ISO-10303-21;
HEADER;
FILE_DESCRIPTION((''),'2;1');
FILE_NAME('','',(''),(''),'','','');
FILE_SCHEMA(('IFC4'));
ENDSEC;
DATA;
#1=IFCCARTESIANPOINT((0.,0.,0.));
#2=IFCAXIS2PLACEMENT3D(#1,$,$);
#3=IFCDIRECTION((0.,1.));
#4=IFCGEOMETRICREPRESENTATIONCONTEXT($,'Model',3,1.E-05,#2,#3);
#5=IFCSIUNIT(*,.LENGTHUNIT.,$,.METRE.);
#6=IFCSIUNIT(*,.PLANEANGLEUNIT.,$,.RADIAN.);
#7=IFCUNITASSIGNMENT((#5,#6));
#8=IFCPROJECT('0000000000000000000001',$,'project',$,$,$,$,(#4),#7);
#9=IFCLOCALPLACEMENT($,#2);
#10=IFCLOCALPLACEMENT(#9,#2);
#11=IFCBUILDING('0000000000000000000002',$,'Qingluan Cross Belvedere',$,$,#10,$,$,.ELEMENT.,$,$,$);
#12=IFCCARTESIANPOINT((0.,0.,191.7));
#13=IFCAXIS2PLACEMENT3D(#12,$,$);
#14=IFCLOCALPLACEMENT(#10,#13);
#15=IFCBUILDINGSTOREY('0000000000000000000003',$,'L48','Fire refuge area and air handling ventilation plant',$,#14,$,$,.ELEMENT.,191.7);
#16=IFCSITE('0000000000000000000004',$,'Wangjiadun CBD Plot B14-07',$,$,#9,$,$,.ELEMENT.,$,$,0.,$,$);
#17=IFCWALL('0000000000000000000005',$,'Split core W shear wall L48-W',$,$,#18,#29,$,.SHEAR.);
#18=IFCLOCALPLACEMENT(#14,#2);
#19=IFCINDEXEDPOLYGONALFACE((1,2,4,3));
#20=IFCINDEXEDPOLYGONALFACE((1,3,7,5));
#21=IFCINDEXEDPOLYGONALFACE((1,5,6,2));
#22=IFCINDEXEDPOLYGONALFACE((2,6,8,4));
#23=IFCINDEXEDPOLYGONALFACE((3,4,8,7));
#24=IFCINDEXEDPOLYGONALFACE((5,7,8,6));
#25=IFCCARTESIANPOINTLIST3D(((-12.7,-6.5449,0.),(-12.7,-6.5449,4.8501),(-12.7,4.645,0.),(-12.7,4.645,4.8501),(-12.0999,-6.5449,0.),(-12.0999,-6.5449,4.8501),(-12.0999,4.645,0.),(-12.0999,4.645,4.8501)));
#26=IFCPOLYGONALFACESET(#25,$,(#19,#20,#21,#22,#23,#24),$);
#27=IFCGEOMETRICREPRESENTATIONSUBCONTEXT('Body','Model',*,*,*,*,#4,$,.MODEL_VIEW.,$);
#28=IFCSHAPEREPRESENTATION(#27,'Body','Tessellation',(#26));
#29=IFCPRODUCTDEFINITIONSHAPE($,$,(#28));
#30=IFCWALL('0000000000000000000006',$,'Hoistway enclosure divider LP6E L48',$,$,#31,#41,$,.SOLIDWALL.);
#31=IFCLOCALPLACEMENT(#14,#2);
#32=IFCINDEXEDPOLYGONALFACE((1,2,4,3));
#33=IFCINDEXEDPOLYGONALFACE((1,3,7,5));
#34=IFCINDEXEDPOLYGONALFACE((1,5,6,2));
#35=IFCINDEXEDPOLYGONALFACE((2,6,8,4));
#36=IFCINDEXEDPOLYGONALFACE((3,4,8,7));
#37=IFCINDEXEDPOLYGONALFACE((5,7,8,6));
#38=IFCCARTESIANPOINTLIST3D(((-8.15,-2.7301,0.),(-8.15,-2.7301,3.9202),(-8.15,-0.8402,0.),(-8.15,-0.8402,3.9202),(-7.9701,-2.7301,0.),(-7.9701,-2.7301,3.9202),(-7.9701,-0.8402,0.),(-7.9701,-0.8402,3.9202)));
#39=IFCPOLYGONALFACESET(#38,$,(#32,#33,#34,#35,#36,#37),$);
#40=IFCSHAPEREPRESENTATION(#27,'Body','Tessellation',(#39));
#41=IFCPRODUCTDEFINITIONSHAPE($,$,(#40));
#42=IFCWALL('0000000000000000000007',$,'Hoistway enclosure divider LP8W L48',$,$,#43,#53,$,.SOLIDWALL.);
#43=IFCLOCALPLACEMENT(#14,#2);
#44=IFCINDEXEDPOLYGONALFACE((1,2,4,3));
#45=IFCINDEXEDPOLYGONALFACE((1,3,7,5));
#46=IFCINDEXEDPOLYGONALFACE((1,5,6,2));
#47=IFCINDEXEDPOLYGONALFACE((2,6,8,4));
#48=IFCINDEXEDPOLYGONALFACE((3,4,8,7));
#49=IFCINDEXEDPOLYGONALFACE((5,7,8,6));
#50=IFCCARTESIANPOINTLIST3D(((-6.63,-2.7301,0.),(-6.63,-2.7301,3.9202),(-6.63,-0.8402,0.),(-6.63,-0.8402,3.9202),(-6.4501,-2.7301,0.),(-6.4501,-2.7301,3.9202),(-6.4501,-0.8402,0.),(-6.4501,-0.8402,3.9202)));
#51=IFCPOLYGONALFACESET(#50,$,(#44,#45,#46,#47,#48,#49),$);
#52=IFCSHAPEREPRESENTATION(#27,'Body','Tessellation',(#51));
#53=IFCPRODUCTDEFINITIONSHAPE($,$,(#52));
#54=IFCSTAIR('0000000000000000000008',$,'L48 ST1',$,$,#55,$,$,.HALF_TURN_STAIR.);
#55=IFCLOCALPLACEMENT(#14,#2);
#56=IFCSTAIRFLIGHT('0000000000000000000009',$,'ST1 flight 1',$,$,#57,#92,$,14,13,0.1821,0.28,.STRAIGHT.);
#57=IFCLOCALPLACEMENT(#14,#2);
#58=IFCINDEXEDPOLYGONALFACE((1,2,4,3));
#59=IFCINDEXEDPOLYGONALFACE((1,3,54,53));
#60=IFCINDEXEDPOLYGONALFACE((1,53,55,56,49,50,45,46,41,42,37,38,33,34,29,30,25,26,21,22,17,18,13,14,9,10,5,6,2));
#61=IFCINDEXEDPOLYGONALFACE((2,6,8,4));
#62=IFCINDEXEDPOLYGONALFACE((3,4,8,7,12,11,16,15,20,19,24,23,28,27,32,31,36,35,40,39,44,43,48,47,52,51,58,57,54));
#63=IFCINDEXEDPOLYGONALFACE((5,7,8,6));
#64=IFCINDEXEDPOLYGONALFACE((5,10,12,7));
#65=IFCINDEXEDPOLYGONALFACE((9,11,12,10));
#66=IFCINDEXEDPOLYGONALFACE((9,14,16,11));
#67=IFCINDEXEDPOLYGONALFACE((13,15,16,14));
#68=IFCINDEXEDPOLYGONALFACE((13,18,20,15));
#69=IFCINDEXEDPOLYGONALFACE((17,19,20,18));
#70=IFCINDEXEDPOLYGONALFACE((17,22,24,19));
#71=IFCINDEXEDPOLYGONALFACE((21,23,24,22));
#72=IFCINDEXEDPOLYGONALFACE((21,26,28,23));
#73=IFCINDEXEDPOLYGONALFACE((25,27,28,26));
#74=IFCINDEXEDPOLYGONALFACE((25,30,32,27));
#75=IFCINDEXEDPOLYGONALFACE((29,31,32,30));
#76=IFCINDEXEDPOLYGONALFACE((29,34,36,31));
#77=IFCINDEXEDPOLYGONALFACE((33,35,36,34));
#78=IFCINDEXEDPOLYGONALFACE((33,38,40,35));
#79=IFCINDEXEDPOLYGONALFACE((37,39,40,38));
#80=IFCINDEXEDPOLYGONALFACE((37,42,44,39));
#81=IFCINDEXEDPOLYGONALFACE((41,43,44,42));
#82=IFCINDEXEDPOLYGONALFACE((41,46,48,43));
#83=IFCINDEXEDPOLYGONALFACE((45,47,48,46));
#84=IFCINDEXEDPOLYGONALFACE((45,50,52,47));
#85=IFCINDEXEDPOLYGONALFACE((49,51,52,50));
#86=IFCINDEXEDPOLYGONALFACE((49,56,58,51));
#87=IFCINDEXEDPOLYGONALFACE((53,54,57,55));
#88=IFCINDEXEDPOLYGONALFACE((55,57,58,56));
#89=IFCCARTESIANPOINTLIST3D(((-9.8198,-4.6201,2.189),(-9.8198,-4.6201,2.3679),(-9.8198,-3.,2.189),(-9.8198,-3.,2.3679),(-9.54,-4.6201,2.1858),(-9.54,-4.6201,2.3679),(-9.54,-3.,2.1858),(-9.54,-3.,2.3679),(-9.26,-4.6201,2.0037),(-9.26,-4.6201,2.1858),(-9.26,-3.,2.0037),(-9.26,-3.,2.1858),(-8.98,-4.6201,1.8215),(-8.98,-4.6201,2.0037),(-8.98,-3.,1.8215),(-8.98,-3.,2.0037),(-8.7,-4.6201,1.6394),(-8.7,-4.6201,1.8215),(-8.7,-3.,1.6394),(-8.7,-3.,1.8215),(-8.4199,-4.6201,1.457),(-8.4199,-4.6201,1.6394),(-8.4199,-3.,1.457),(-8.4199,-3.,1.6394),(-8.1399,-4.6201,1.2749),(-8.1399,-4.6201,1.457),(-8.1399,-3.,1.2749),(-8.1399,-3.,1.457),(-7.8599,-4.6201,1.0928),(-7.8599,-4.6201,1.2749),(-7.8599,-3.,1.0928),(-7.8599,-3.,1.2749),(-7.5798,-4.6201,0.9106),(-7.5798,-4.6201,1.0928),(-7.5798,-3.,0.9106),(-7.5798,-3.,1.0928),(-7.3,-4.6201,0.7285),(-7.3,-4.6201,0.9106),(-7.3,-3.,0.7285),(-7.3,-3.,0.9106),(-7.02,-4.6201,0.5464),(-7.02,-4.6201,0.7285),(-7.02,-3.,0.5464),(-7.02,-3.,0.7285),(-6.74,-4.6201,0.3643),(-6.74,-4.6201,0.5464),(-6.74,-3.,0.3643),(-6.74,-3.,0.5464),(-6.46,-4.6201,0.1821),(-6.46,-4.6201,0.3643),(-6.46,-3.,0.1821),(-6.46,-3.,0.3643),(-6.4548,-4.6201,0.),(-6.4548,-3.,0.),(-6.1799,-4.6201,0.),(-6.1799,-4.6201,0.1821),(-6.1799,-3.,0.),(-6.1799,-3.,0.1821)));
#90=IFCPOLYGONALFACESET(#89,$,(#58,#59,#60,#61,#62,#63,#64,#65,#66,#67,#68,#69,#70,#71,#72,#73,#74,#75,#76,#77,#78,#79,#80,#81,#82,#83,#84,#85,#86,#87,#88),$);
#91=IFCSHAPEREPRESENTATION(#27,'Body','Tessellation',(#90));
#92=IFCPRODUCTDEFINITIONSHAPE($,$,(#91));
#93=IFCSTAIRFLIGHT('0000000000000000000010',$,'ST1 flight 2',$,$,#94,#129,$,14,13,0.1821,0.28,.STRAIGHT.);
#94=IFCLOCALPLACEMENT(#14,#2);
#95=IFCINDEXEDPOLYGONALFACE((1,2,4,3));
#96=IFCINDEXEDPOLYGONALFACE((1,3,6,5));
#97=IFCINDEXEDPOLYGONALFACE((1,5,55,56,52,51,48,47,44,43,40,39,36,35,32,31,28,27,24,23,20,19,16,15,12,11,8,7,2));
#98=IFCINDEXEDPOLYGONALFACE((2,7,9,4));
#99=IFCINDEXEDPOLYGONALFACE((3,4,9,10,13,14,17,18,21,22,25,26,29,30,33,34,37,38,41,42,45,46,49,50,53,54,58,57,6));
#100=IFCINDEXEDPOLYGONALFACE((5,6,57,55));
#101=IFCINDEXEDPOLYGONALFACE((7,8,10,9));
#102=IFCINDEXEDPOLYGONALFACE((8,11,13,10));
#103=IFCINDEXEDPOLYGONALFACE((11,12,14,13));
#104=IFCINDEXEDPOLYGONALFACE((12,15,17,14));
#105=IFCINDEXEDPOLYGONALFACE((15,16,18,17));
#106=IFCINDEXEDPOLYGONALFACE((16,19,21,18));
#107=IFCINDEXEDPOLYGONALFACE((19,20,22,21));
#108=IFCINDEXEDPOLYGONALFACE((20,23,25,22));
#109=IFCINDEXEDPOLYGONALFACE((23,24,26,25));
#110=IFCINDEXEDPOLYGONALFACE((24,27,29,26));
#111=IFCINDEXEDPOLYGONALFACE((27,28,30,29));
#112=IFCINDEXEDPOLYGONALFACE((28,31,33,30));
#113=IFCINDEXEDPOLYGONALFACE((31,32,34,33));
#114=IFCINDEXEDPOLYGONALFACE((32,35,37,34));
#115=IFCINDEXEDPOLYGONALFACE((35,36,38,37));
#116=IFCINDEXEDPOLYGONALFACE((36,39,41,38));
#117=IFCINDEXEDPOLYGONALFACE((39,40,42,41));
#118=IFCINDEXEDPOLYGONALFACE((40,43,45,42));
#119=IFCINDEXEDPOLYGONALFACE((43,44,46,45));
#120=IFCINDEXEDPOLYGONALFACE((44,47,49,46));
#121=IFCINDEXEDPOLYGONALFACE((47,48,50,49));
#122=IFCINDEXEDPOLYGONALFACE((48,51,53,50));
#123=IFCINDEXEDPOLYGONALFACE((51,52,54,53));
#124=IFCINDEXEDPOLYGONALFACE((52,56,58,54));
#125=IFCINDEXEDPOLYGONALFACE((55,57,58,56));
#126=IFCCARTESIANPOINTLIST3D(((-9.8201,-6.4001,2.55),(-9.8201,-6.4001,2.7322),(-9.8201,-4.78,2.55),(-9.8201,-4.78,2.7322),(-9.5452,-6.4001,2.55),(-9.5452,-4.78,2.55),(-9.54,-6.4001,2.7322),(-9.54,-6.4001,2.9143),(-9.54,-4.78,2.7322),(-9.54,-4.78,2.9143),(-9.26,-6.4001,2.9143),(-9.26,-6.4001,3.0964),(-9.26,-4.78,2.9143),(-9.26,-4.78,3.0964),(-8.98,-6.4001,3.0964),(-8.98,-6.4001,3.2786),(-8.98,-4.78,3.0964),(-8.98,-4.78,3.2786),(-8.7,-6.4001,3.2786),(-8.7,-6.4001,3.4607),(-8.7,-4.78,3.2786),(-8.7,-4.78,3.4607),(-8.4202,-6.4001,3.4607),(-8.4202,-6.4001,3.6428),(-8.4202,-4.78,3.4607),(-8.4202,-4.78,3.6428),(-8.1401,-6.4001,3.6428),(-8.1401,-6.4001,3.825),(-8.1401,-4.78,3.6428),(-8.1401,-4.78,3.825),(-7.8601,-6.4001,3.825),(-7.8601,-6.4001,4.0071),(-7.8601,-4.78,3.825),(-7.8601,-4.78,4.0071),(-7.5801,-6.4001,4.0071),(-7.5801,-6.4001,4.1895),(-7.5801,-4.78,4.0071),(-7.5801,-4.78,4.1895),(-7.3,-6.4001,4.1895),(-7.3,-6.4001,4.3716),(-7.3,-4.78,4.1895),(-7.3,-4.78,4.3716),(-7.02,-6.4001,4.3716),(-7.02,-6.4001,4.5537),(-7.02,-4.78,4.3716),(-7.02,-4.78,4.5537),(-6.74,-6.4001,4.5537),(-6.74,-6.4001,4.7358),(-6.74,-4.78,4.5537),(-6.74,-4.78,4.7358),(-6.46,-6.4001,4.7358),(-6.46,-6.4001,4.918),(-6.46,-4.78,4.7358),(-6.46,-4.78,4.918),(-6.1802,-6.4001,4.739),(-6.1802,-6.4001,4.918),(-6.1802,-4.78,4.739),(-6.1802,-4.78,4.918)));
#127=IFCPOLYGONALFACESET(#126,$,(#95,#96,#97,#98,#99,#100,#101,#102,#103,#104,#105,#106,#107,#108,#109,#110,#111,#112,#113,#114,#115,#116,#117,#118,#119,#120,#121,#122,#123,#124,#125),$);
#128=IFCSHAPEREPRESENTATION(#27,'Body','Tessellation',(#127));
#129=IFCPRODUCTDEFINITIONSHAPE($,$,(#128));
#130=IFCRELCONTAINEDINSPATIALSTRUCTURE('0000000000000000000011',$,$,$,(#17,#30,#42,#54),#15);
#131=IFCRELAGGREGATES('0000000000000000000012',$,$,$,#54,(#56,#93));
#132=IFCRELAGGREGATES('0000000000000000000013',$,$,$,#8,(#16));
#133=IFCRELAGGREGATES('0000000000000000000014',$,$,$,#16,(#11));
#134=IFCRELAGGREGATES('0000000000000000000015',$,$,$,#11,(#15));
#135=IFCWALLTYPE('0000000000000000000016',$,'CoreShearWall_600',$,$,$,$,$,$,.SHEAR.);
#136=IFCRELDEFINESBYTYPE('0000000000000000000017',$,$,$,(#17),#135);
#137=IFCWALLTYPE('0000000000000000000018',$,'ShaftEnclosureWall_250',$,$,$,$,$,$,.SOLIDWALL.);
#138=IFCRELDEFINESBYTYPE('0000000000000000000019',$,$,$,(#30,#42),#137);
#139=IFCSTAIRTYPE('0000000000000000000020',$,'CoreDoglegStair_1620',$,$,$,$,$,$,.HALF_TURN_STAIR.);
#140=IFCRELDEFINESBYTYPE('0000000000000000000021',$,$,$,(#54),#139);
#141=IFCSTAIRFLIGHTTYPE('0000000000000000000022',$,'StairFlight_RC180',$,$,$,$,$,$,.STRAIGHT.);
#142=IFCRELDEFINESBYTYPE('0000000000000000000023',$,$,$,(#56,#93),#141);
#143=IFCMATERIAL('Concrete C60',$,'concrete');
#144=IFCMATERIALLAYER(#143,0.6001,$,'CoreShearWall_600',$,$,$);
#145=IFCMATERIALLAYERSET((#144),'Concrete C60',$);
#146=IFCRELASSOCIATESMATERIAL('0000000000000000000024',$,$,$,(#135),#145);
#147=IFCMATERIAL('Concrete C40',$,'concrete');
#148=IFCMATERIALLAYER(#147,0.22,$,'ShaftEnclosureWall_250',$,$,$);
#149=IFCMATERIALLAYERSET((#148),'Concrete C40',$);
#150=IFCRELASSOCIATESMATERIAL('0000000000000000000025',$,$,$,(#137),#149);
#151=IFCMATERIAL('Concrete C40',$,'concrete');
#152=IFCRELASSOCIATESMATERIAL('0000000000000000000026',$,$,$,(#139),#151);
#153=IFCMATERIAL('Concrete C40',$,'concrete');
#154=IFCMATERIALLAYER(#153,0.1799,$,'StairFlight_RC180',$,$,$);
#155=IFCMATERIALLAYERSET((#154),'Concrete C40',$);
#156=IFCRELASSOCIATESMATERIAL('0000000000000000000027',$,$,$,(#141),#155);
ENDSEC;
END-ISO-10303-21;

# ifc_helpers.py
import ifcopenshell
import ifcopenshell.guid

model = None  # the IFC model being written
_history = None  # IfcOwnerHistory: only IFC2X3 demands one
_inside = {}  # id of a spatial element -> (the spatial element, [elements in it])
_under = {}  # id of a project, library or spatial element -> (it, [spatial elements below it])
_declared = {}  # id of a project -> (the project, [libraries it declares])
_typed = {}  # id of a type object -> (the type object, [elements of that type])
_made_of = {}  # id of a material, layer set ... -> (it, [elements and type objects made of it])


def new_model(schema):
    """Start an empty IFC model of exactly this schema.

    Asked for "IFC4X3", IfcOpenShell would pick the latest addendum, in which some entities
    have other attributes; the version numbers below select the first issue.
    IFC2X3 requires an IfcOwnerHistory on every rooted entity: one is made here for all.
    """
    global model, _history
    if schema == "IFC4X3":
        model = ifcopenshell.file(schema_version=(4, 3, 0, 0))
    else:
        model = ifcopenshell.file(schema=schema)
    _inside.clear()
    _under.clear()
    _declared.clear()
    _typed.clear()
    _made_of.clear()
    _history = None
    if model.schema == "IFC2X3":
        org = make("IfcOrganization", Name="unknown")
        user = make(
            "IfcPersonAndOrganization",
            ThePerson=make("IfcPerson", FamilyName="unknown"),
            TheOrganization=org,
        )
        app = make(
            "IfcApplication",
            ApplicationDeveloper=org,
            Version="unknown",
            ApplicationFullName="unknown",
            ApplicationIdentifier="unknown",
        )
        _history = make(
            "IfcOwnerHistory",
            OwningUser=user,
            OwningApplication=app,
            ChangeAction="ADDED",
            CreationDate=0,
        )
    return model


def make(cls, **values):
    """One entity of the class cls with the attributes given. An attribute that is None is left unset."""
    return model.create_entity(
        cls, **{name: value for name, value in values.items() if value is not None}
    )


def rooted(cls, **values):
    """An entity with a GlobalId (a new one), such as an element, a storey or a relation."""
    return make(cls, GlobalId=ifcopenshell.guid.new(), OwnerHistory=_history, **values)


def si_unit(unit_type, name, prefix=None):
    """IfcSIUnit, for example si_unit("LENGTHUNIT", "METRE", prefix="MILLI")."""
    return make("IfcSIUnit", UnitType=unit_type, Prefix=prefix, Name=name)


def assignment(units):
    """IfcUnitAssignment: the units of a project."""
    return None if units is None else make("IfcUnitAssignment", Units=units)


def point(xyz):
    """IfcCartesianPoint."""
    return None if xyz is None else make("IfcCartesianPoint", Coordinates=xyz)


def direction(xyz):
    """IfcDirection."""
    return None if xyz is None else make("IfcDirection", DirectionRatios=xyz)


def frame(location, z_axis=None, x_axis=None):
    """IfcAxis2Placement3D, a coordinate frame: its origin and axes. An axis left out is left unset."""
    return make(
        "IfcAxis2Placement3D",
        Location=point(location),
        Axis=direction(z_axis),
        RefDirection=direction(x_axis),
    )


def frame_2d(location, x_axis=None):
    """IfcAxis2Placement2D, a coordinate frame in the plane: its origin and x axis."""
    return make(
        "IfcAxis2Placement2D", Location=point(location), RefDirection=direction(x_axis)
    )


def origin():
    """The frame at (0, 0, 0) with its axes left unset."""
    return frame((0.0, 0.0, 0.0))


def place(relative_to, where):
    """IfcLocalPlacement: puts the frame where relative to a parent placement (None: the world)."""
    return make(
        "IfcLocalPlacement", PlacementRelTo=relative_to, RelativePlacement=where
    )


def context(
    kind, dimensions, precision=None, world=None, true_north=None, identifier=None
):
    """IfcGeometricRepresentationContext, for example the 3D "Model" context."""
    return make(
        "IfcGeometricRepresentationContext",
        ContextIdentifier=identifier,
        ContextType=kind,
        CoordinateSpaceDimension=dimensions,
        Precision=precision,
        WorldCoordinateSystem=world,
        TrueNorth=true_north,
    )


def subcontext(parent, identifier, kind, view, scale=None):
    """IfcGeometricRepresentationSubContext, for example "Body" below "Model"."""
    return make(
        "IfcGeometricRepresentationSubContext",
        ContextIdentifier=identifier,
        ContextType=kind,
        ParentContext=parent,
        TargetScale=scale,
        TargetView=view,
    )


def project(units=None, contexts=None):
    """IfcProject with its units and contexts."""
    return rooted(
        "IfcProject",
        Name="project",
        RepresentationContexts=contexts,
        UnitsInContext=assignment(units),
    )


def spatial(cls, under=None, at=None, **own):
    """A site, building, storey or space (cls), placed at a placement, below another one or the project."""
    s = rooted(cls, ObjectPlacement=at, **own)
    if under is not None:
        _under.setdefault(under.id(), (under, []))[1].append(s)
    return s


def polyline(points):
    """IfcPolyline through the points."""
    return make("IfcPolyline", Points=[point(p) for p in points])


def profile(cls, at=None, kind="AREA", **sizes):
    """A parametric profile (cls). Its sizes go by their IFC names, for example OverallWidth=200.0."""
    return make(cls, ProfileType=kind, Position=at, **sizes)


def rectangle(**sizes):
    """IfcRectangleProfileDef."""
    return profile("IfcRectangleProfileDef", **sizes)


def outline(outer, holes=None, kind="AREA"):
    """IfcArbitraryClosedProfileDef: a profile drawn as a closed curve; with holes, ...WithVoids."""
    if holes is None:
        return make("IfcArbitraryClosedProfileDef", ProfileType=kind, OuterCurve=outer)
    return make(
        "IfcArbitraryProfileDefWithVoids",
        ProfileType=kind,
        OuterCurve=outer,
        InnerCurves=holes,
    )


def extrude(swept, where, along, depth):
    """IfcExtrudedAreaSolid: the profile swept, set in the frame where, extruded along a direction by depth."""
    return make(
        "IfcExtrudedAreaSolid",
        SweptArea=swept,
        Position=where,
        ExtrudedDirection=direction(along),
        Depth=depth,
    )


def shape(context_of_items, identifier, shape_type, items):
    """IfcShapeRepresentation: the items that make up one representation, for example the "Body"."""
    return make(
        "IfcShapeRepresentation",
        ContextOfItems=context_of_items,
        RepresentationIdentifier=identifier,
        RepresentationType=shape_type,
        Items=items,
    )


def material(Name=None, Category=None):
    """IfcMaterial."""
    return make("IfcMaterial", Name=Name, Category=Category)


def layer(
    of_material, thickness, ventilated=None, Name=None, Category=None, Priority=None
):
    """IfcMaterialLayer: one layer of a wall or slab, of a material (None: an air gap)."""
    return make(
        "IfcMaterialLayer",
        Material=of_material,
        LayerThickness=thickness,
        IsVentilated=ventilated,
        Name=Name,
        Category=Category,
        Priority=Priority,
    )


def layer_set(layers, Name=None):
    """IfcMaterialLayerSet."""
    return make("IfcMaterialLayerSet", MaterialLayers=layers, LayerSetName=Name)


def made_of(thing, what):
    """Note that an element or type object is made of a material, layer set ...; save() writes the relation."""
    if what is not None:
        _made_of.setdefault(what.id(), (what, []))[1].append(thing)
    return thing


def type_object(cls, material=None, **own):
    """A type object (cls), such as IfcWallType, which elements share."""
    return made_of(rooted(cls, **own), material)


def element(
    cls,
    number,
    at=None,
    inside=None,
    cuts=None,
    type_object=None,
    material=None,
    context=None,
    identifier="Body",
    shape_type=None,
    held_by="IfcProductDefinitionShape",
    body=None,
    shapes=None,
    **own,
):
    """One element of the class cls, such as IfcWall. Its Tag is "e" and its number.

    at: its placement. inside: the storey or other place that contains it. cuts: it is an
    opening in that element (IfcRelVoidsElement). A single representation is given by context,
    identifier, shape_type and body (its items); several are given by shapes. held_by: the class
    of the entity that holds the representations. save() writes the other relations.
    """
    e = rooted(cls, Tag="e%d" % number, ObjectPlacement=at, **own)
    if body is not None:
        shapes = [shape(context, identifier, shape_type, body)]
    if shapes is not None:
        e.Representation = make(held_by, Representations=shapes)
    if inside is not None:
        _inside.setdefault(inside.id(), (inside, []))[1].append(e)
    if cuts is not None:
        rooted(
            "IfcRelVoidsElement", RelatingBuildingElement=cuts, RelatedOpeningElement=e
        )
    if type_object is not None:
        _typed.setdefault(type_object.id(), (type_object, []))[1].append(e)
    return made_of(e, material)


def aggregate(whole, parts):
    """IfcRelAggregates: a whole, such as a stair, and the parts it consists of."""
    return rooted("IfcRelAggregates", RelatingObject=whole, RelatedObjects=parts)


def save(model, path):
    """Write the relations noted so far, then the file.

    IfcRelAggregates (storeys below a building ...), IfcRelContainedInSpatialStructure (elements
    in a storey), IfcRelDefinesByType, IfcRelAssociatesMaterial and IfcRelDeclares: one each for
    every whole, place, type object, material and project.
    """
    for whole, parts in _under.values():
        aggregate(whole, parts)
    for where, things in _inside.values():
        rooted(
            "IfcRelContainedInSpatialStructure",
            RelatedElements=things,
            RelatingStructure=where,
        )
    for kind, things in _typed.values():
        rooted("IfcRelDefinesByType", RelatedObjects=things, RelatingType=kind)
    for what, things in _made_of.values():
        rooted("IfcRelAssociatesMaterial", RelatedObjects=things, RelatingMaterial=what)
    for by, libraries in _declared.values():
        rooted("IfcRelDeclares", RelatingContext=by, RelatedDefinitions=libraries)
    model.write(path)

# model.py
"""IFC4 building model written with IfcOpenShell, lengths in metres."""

from ifc_helpers import new_model, si_unit, direction, frame, frame_2d, origin, place, context, subcontext, project, spatial, polyline, rectangle, outline, extrude, material, layer, layer_set, type_object, element, aggregate, save


model = new_model("IFC4")

# Units and contexts
model_context = context("Model", 3, precision=1e-05, world=origin(), true_north=direction((0.0, 1.0)))
body_context = subcontext(model_context, "Body", "Model", "MODEL_VIEW")
ifc_project = project(units=[si_unit("LENGTHUNIT", "METRE"), si_unit("PLANEANGLEUNIT", "RADIAN")], contexts=[model_context])

# Site, building, storey
site_placement = place(None, origin())
site = spatial("IfcSite", under=ifc_project, at=site_placement, Name="Wangjiadun CBD Plot B14-07", CompositionType="ELEMENT", RefElevation=0.0)
building_placement = place(site_placement, origin())
building = spatial("IfcBuilding", under=site, at=building_placement, Name="Qingluan Cross Belvedere", CompositionType="ELEMENT")
storey_placement = place(building_placement, frame((0.0, 0.0, 191.7)))
storey = spatial("IfcBuildingStorey", under=building, at=storey_placement, Name="L48", Description="Fire refuge area and air handling ventilation plant", CompositionType="ELEMENT", Elevation=191.7)

# Wall
ifc_material_1 = material(Name="Concrete C60", Category="concrete")
ifc_layer_1 = layer(ifc_material_1, 0.6001, Name="CoreShearWall_600")
ifc_layer_set_1 = layer_set([ifc_layer_1], Name="Concrete C60")
wall_type_1 = type_object("IfcWallType", Name="CoreShearWall_600", PredefinedType="SHEAR", material=ifc_layer_set_1)
wall_1_placement = place(storey_placement, frame((-12.3999, -6.5449, 0.0), z_axis=(0.0, 0.0, 1.0), x_axis=(0.0, 1.0, 0.0)))
element("IfcWall", 1, at=wall_1_placement, inside=storey, type_object=wall_type_1, Name="Split core W shear wall L48-W", PredefinedType="SHEAR", context=body_context, shape_type="SweptSolid", body=[
    extrude(rectangle(XDim=11.1899, YDim=0.6001, at=frame_2d((5.595, 0.0))), origin(), (0.0, 0.0, 1.0), 4.8501),
])

# Walls
ifc_material_2 = material(Name="Concrete C40", Category="concrete")
ifc_layer_2 = layer(ifc_material_2, 0.22, Name="ShaftEnclosureWall_250")
ifc_layer_set_2 = layer_set([ifc_layer_2], Name="Concrete C40")
wall_type_2 = type_object("IfcWallType", Name="ShaftEnclosureWall_250", PredefinedType="SOLIDWALL", material=ifc_layer_set_2)
for number, where, z_axis, x_axis, name in (
    (2, (-8.0601, -2.73, 0.0), (0.0, 0.0, 1.0), (0.0, 1.0, 0.0), "Hoistway enclosure divider LP6E L48"),
    (3, (-6.54, -2.73, 0.0), (0.0, 0.0, 1.0), (0.0, 1.0, 0.0), "Hoistway enclosure divider LP8W L48"),
):
    element("IfcWall", number, at=place(storey_placement, frame(where, z_axis=z_axis, x_axis=x_axis)), inside=storey, type_object=wall_type_2, Name=name, PredefinedType="SOLIDWALL", context=body_context, shape_type="SweptSolid", body=[
        extrude(rectangle(XDim=1.8899, YDim=0.1799, at=frame_2d((0.9448, 0.0))), origin(), (0.0, 0.0, 1.0), 3.9202),
    ])

# Stair, stair flights
ifc_material_3 = material(Name="Concrete C40", Category="concrete")
stair_type = type_object("IfcStairType", Name="CoreDoglegStair_1620", PredefinedType="HALF_TURN_STAIR", material=ifc_material_3)
stair_placement = place(storey_placement, origin())
stair = element("IfcStair", 4, at=stair_placement, inside=storey, type_object=stair_type, Name="L48 ST1", PredefinedType="HALF_TURN_STAIR")
ifc_material_4 = material(Name="Concrete C40", Category="concrete")
ifc_layer_3 = layer(ifc_material_4, 0.1799, Name="StairFlight_RC180")
ifc_layer_set_3 = layer_set([ifc_layer_3], Name="Concrete C40")
stair_flight_type = type_object("IfcStairFlightType", Name="StairFlight_RC180", PredefinedType="STRAIGHT", material=ifc_layer_set_3)
stair_flight_1_placement = place(storey_placement, frame((-6.1799, -3.8101, 0.0), z_axis=(0.0, 0.0, 1.0), x_axis=(-1.0, 0.0, 0.0)))
stair_flight_1 = element("IfcStairFlight", 5, at=stair_flight_1_placement, type_object=stair_flight_type, Name="ST1 flight 1", NumberOfRisers=14, NumberOfTreads=13, PredefinedType="STRAIGHT", RiserHeight=0.1821, TreadLength=0.28, context=body_context, shape_type="SweptSolid", body=[
    extrude(outline(polyline([(0.0, 0.0), (0.0, 0.1821), (0.28, 0.1821), (0.28, 0.3643), (0.5601, 0.3643), (0.5601, 0.5464), (0.8401, 0.5464), (0.8401, 0.7285), (1.1201, 0.7285), (1.1201, 0.9106), (1.3999, 0.9106), (1.3999, 1.0928), (1.6799, 1.0928), (1.6799, 1.2749), (1.96, 1.2749), (1.96, 1.457), (2.24, 1.457), (2.24, 1.6394), (2.52, 1.6394), (2.52, 1.8215), (2.8, 1.8215), (2.8, 2.0037), (3.0801, 2.0037), (3.0801, 2.1858), (3.3601, 2.1858), (3.3601, 2.3679), (3.6399, 2.3679), (3.6399, 2.55), (3.6399, 2.189), (0.2749, 0.0), (0.0, 0.0)])), frame((0.0, 0.8101, 0.0), z_axis=(0.0, -1.0, 0.0), x_axis=(1.0, 0.0, 0.0)), (0.0, 0.0, 1.0), 1.6201),
])
stair_flight_2_placement = place(storey_placement, frame((-9.8201, -5.5901, 2.55), z_axis=(0.0, 0.0, 1.0), x_axis=(1.0, 0.0, 0.0)))
stair_flight_2 = element("IfcStairFlight", 6, at=stair_flight_2_placement, type_object=stair_flight_type, Name="ST1 flight 2", NumberOfRisers=14, NumberOfTreads=13, PredefinedType="STRAIGHT", RiserHeight=0.1821, TreadLength=0.28, context=body_context, shape_type="SweptSolid", body=[
    extrude(outline(polyline([(0.0, 0.0), (0.0, 0.1821), (0.28, 0.1821), (0.28, 0.3643), (0.5601, 0.3643), (0.5601, 0.5464), (0.8401, 0.5464), (0.8401, 0.7285), (1.1201, 0.7285), (1.1201, 0.9106), (1.3999, 0.9106), (1.3999, 1.0928), (1.6799, 1.0928), (1.6799, 1.2749), (1.96, 1.2749), (1.96, 1.457), (2.24, 1.457), (2.24, 1.6394), (2.52, 1.6394), (2.52, 1.8215), (2.8, 1.8215), (2.8, 2.0037), (3.0801, 2.0037), (3.0801, 2.1858), (3.3601, 2.1858), (3.3601, 2.3679), (3.6399, 2.3679), (3.6399, 2.55), (3.6399, 2.189), (0.2749, 0.0), (0.0, 0.0)])), frame((0.0, 0.8101, 0.0), z_axis=(0.0, -1.0, 0.0), x_axis=(1.0, 0.0, 0.0)), (0.0, 0.0, 1.0), 1.6201),
])
aggregate(stair, [stair_flight_1, stair_flight_2])

save(model, "model.ifc")
